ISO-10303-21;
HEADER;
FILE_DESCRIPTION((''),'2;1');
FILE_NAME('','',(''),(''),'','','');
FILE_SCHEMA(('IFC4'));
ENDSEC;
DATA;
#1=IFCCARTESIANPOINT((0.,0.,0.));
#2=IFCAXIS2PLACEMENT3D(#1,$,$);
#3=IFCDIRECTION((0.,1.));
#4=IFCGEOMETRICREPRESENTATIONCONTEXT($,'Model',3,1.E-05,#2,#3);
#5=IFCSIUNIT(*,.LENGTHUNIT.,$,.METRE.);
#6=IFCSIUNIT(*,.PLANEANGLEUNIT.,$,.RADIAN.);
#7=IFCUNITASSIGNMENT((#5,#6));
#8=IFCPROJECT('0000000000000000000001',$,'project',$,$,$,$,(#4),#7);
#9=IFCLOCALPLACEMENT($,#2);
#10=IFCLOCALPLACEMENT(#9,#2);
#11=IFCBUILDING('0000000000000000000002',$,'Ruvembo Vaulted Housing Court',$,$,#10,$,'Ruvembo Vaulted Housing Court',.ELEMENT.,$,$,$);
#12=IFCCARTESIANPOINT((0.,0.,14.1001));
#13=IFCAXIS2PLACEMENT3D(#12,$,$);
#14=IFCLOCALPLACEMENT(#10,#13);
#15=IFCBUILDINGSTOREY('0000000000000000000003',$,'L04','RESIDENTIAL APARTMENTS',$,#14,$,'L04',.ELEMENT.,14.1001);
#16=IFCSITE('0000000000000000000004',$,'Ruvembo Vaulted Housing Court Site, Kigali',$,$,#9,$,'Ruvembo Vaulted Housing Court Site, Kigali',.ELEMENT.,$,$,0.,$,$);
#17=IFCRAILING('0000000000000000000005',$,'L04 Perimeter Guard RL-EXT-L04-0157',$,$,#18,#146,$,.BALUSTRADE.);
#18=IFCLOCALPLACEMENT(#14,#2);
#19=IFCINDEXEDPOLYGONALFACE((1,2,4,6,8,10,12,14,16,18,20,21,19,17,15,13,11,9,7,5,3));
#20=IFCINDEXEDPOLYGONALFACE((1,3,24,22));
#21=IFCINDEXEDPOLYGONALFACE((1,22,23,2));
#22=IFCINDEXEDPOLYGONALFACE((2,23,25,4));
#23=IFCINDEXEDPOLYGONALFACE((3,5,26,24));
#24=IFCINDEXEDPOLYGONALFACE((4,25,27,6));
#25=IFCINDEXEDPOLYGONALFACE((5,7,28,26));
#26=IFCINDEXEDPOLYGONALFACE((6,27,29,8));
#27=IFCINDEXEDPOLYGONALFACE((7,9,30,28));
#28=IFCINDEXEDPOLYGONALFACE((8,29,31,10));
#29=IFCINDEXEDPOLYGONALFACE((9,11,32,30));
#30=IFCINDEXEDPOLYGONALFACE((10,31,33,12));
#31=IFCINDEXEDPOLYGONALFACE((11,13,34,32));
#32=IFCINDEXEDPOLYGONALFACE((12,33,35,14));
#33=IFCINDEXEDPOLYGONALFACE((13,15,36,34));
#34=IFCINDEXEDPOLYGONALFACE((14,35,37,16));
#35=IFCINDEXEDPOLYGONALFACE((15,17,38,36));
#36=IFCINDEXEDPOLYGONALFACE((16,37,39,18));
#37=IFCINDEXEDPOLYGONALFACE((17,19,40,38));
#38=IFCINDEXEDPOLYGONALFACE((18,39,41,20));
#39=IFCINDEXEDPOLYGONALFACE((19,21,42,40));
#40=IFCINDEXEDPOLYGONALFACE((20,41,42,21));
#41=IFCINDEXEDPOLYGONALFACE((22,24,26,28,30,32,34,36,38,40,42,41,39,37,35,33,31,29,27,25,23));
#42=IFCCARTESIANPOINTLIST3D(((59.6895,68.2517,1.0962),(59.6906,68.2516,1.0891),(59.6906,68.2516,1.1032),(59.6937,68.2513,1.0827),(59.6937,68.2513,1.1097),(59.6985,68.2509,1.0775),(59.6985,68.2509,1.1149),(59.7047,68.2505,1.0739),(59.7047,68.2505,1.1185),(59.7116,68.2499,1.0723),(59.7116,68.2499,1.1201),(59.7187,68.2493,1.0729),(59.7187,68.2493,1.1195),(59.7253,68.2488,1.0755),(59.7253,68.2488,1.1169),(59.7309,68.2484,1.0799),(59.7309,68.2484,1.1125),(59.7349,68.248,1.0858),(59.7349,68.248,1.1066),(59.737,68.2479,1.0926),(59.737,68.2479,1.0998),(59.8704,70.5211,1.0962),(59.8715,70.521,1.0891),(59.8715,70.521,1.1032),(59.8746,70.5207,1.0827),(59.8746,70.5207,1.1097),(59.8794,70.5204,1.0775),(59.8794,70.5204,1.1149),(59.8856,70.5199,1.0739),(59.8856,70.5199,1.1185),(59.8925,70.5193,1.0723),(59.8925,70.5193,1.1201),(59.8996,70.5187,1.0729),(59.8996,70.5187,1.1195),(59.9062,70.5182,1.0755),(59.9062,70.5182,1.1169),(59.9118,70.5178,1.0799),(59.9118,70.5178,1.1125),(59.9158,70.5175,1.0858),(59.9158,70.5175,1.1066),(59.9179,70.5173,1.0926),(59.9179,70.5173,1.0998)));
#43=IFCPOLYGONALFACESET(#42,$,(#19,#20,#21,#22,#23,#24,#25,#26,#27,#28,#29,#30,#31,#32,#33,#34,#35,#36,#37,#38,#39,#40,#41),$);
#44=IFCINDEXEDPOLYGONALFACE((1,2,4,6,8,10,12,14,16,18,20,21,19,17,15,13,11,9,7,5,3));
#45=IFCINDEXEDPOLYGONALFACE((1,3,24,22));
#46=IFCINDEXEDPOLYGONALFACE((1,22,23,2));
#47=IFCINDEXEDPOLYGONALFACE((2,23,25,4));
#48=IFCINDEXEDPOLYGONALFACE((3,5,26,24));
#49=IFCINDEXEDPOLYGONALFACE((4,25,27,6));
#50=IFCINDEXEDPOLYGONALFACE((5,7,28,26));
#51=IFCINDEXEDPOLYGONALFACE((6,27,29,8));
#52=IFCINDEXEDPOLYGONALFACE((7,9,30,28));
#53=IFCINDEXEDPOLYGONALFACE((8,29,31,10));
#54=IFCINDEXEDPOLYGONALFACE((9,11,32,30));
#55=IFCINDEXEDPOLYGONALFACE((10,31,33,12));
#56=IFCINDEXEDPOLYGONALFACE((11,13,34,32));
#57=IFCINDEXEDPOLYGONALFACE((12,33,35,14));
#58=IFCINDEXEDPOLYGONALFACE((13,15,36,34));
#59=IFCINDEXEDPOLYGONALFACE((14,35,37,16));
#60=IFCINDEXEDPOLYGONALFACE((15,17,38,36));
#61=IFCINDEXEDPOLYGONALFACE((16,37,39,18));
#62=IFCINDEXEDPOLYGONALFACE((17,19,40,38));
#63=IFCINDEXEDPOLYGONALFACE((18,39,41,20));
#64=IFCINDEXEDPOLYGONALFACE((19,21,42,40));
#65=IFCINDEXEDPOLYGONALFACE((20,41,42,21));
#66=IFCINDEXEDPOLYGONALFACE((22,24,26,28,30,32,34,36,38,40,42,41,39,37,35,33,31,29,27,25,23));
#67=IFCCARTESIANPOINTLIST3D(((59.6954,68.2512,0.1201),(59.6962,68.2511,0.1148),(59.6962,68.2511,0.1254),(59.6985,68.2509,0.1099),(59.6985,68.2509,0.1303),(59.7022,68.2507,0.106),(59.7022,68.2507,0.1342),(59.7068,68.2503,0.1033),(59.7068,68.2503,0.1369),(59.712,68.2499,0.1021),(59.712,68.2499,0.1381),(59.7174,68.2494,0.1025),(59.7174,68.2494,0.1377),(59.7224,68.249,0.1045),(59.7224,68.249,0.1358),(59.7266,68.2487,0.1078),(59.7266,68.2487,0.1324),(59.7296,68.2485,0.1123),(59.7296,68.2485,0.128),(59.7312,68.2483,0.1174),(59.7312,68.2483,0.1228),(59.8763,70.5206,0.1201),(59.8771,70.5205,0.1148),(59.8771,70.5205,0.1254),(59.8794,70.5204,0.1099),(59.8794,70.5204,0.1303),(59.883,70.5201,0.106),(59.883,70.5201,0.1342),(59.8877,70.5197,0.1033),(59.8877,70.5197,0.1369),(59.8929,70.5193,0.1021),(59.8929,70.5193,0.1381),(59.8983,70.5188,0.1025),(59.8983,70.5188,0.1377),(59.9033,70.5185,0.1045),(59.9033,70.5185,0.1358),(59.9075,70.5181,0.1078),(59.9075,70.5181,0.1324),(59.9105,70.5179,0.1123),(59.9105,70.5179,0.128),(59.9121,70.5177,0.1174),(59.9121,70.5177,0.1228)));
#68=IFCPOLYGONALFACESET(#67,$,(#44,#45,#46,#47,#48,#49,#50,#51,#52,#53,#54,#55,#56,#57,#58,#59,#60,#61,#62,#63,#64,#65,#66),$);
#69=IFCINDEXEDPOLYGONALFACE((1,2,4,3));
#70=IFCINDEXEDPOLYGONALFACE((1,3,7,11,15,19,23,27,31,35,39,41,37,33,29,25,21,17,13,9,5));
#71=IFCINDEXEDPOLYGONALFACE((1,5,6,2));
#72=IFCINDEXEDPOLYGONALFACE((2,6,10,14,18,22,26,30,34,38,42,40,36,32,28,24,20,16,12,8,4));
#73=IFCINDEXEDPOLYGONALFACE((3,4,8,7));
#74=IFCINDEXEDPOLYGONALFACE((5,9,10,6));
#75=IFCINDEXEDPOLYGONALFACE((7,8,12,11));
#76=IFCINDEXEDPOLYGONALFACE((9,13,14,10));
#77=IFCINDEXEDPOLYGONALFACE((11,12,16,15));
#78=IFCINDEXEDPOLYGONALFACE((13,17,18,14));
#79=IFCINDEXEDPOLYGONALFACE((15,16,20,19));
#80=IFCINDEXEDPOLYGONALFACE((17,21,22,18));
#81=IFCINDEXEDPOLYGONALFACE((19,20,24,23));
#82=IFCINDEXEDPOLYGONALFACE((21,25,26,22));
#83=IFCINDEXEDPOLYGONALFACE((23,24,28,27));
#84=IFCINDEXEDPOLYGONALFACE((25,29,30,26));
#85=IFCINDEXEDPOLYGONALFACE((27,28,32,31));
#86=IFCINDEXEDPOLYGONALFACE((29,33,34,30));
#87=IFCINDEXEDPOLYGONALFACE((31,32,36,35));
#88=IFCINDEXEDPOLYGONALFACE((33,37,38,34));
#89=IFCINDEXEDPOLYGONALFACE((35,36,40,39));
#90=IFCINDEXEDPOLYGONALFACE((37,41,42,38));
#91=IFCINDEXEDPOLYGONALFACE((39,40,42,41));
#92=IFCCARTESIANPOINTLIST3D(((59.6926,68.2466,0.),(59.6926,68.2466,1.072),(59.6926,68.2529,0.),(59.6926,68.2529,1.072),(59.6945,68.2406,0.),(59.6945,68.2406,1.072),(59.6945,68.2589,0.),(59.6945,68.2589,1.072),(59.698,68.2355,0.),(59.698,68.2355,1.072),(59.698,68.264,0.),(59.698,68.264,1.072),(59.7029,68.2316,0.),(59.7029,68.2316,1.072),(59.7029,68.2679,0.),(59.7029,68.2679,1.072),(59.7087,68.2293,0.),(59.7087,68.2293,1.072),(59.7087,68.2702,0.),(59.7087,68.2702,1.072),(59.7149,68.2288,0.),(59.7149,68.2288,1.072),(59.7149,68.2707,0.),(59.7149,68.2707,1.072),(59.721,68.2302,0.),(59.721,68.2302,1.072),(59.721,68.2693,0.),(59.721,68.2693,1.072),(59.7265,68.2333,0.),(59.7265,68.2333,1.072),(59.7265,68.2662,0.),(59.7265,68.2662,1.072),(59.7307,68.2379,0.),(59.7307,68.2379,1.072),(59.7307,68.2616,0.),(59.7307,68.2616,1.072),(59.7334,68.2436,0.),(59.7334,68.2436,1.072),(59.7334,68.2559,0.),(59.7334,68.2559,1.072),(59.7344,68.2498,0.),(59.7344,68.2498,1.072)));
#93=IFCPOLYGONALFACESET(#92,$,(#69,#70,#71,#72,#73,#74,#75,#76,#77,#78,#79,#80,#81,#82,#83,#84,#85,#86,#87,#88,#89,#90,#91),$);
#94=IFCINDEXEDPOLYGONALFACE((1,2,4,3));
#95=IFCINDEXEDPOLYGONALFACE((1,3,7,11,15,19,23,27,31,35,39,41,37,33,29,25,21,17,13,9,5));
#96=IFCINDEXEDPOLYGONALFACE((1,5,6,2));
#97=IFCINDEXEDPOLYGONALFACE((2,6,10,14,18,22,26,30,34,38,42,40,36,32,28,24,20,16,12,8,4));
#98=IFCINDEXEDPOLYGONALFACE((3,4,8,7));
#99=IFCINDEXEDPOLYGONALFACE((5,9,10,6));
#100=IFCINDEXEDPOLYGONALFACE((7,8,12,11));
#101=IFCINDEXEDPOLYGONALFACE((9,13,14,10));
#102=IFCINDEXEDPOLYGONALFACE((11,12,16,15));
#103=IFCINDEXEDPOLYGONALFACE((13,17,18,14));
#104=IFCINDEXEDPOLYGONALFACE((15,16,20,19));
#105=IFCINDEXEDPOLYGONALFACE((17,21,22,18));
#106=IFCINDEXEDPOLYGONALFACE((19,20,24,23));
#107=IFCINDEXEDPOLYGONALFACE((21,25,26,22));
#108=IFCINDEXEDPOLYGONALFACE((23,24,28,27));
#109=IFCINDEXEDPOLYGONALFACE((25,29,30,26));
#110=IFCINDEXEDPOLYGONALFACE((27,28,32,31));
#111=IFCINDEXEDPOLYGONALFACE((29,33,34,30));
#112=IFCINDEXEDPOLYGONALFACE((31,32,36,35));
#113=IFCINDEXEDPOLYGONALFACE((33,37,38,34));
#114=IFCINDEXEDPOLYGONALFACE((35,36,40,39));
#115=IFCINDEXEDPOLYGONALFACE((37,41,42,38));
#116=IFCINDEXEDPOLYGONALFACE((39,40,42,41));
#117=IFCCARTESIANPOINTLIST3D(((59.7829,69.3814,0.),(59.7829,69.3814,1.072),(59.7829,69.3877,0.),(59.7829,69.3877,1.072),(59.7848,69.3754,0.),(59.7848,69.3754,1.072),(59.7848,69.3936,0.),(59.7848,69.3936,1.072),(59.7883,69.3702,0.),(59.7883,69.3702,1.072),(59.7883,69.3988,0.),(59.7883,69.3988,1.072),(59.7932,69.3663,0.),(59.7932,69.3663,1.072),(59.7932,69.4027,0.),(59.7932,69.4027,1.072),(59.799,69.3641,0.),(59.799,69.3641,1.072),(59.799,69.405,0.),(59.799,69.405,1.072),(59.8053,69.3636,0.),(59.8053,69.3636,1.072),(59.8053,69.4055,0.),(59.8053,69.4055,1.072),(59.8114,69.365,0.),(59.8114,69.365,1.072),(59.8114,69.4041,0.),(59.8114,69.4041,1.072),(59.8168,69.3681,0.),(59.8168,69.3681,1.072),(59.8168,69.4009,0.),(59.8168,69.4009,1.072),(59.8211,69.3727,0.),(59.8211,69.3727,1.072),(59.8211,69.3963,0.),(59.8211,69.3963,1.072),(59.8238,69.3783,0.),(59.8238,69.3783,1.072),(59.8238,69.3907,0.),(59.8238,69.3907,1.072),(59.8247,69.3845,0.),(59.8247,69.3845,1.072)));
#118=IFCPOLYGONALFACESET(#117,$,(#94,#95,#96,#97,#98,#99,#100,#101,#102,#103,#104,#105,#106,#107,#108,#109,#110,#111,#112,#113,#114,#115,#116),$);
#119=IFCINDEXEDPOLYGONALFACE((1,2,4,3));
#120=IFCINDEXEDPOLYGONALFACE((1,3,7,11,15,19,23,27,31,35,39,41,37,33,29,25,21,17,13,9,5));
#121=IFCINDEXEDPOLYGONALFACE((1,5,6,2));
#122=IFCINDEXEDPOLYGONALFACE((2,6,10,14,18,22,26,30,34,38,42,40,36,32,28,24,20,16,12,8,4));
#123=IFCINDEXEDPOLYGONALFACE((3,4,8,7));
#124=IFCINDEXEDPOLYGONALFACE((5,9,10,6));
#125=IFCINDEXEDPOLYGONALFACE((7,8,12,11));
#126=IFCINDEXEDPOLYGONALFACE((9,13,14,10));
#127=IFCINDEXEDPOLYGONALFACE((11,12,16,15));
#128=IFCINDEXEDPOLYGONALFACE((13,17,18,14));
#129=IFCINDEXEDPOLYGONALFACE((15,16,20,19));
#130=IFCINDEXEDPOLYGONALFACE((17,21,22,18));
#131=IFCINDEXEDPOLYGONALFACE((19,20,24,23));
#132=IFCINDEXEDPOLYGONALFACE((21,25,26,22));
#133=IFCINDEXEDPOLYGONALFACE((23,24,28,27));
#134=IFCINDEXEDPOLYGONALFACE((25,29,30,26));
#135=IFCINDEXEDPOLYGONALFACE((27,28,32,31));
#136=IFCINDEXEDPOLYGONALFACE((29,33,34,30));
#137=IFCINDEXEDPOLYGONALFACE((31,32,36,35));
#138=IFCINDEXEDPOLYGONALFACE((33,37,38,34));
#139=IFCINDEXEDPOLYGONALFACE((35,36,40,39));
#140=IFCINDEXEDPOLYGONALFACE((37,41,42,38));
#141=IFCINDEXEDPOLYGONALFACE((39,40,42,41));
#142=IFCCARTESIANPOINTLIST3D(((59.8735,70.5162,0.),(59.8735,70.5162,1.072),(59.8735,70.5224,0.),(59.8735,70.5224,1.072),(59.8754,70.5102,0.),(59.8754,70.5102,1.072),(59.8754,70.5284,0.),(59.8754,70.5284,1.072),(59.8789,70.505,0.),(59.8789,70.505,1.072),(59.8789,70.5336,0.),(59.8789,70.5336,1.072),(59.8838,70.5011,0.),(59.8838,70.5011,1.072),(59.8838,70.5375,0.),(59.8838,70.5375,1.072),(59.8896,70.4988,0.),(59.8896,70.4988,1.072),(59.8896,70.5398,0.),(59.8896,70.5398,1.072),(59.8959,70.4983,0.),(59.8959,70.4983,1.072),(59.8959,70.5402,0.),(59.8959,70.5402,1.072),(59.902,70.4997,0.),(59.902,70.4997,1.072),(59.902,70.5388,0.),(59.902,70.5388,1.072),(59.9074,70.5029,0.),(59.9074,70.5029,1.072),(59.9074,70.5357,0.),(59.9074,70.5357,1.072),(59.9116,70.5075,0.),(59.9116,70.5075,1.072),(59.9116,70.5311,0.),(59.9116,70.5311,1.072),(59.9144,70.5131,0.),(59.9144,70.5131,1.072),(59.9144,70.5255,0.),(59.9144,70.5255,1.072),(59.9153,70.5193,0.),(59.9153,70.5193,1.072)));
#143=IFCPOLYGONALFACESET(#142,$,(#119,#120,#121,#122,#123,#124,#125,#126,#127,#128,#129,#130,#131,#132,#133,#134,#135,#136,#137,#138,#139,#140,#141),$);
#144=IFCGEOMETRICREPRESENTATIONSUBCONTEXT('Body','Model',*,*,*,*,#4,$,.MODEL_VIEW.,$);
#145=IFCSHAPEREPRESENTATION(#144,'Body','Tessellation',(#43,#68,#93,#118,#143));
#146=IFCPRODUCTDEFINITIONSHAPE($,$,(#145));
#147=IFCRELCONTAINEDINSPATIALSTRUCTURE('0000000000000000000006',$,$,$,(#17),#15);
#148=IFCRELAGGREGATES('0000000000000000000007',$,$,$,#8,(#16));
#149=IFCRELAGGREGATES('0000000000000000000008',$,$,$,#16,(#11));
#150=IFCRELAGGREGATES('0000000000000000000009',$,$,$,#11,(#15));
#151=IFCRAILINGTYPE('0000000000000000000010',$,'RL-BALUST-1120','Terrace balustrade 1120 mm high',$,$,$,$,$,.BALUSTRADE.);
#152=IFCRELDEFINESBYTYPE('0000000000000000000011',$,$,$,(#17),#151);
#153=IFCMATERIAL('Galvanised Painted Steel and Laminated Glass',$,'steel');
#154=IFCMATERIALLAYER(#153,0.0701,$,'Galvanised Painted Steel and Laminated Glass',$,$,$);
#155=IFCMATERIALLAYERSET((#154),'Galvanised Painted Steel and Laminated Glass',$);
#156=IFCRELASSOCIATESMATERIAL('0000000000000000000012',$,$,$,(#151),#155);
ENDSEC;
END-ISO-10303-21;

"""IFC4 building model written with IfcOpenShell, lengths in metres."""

from ifc_helpers import new_model, si_unit, direction, frame, origin, origin_2d, place, context, subcontext, project, spatial, circle, extrude, material, layer, layer_set, type_object, element, save


model = new_model("IFC4")

# Units and contexts
model_context = context("Model", 3, precision=1e-05, world=origin(), true_north=direction((0.0, 1.0)))
body_context = subcontext(model_context, "Body", "Model", "MODEL_VIEW")
ifc_project = project(units=[si_unit("LENGTHUNIT", "METRE"), si_unit("PLANEANGLEUNIT", "RADIAN")], contexts=[model_context])

# Site, building, storey
site_placement = place(None, origin())
site = spatial("IfcSite", under=ifc_project, at=site_placement, Name="Ruvembo Vaulted Housing Court Site, Kigali", LongName="Ruvembo Vaulted Housing Court Site, Kigali", CompositionType="ELEMENT", RefElevation=0.0)
building_placement = place(site_placement, origin())
building = spatial("IfcBuilding", under=site, at=building_placement, Name="Ruvembo Vaulted Housing Court", LongName="Ruvembo Vaulted Housing Court", CompositionType="ELEMENT")
storey_placement = place(building_placement, frame((0.0, 0.0, 14.1001)))
storey = spatial("IfcBuildingStorey", under=building, at=storey_placement, Name="L04", Description="RESIDENTIAL APARTMENTS", LongName="L04", CompositionType="ELEMENT", Elevation=14.1001)

# Railing
ifc_material_1 = material(Name="Galvanised Painted Steel and Laminated Glass", Category="steel")
ifc_layer_1 = layer(ifc_material_1, 0.0701, Name="Galvanised Painted Steel and Laminated Glass")
ifc_layer_set_1 = layer_set([ifc_layer_1], Name="Galvanised Painted Steel and Laminated Glass")
railing_type_1 = type_object("IfcRailingType", Name="RL-BALUST-1120", Description="Terrace balustrade 1120 mm high", PredefinedType="BALUSTRADE", material=ifc_layer_set_1)
railing_1_placement = place(storey_placement, frame((59.7134, 68.2498, 0.0)))
element("IfcRailing", 1, at=railing_1_placement, inside=storey, type_object=railing_type_1, Name="L04 Perimeter Guard RL-EXT-L04-0157", PredefinedType="BALUSTRADE", context=body_context, shape_type="SweptSolid", body=[
    extrude(circle(Radius=0.0239, at=origin_2d()), frame((0.0, 0.0, 1.0962), z_axis=(0.07946, 0.996838, 0.0), x_axis=(-0.996838, 0.07946, 0.0)), (0.0, 0.0, 1.0), 2.2766),
    extrude(circle(Radius=0.0181, at=origin_2d()), frame((0.0, 0.0, 0.1201), z_axis=(0.07946, 0.996838, 0.0), x_axis=(-0.996838, 0.07946, 0.0)), (0.0, 0.0, 1.0), 2.2766),
    extrude(circle(Radius=0.021, at=origin_2d()), origin(), (0.0, 0.0, 1.0), 1.072),
    extrude(circle(Radius=0.021, at=origin_2d()), frame((0.0903, 1.1348, 0.0)), (0.0, 0.0, 1.0), 1.072),
    extrude(circle(Radius=0.021, at=origin_2d()), frame((0.1809, 2.2695, 0.0)), (0.0, 0.0, 1.0), 1.072),
])

save(model, "model.ifc")
